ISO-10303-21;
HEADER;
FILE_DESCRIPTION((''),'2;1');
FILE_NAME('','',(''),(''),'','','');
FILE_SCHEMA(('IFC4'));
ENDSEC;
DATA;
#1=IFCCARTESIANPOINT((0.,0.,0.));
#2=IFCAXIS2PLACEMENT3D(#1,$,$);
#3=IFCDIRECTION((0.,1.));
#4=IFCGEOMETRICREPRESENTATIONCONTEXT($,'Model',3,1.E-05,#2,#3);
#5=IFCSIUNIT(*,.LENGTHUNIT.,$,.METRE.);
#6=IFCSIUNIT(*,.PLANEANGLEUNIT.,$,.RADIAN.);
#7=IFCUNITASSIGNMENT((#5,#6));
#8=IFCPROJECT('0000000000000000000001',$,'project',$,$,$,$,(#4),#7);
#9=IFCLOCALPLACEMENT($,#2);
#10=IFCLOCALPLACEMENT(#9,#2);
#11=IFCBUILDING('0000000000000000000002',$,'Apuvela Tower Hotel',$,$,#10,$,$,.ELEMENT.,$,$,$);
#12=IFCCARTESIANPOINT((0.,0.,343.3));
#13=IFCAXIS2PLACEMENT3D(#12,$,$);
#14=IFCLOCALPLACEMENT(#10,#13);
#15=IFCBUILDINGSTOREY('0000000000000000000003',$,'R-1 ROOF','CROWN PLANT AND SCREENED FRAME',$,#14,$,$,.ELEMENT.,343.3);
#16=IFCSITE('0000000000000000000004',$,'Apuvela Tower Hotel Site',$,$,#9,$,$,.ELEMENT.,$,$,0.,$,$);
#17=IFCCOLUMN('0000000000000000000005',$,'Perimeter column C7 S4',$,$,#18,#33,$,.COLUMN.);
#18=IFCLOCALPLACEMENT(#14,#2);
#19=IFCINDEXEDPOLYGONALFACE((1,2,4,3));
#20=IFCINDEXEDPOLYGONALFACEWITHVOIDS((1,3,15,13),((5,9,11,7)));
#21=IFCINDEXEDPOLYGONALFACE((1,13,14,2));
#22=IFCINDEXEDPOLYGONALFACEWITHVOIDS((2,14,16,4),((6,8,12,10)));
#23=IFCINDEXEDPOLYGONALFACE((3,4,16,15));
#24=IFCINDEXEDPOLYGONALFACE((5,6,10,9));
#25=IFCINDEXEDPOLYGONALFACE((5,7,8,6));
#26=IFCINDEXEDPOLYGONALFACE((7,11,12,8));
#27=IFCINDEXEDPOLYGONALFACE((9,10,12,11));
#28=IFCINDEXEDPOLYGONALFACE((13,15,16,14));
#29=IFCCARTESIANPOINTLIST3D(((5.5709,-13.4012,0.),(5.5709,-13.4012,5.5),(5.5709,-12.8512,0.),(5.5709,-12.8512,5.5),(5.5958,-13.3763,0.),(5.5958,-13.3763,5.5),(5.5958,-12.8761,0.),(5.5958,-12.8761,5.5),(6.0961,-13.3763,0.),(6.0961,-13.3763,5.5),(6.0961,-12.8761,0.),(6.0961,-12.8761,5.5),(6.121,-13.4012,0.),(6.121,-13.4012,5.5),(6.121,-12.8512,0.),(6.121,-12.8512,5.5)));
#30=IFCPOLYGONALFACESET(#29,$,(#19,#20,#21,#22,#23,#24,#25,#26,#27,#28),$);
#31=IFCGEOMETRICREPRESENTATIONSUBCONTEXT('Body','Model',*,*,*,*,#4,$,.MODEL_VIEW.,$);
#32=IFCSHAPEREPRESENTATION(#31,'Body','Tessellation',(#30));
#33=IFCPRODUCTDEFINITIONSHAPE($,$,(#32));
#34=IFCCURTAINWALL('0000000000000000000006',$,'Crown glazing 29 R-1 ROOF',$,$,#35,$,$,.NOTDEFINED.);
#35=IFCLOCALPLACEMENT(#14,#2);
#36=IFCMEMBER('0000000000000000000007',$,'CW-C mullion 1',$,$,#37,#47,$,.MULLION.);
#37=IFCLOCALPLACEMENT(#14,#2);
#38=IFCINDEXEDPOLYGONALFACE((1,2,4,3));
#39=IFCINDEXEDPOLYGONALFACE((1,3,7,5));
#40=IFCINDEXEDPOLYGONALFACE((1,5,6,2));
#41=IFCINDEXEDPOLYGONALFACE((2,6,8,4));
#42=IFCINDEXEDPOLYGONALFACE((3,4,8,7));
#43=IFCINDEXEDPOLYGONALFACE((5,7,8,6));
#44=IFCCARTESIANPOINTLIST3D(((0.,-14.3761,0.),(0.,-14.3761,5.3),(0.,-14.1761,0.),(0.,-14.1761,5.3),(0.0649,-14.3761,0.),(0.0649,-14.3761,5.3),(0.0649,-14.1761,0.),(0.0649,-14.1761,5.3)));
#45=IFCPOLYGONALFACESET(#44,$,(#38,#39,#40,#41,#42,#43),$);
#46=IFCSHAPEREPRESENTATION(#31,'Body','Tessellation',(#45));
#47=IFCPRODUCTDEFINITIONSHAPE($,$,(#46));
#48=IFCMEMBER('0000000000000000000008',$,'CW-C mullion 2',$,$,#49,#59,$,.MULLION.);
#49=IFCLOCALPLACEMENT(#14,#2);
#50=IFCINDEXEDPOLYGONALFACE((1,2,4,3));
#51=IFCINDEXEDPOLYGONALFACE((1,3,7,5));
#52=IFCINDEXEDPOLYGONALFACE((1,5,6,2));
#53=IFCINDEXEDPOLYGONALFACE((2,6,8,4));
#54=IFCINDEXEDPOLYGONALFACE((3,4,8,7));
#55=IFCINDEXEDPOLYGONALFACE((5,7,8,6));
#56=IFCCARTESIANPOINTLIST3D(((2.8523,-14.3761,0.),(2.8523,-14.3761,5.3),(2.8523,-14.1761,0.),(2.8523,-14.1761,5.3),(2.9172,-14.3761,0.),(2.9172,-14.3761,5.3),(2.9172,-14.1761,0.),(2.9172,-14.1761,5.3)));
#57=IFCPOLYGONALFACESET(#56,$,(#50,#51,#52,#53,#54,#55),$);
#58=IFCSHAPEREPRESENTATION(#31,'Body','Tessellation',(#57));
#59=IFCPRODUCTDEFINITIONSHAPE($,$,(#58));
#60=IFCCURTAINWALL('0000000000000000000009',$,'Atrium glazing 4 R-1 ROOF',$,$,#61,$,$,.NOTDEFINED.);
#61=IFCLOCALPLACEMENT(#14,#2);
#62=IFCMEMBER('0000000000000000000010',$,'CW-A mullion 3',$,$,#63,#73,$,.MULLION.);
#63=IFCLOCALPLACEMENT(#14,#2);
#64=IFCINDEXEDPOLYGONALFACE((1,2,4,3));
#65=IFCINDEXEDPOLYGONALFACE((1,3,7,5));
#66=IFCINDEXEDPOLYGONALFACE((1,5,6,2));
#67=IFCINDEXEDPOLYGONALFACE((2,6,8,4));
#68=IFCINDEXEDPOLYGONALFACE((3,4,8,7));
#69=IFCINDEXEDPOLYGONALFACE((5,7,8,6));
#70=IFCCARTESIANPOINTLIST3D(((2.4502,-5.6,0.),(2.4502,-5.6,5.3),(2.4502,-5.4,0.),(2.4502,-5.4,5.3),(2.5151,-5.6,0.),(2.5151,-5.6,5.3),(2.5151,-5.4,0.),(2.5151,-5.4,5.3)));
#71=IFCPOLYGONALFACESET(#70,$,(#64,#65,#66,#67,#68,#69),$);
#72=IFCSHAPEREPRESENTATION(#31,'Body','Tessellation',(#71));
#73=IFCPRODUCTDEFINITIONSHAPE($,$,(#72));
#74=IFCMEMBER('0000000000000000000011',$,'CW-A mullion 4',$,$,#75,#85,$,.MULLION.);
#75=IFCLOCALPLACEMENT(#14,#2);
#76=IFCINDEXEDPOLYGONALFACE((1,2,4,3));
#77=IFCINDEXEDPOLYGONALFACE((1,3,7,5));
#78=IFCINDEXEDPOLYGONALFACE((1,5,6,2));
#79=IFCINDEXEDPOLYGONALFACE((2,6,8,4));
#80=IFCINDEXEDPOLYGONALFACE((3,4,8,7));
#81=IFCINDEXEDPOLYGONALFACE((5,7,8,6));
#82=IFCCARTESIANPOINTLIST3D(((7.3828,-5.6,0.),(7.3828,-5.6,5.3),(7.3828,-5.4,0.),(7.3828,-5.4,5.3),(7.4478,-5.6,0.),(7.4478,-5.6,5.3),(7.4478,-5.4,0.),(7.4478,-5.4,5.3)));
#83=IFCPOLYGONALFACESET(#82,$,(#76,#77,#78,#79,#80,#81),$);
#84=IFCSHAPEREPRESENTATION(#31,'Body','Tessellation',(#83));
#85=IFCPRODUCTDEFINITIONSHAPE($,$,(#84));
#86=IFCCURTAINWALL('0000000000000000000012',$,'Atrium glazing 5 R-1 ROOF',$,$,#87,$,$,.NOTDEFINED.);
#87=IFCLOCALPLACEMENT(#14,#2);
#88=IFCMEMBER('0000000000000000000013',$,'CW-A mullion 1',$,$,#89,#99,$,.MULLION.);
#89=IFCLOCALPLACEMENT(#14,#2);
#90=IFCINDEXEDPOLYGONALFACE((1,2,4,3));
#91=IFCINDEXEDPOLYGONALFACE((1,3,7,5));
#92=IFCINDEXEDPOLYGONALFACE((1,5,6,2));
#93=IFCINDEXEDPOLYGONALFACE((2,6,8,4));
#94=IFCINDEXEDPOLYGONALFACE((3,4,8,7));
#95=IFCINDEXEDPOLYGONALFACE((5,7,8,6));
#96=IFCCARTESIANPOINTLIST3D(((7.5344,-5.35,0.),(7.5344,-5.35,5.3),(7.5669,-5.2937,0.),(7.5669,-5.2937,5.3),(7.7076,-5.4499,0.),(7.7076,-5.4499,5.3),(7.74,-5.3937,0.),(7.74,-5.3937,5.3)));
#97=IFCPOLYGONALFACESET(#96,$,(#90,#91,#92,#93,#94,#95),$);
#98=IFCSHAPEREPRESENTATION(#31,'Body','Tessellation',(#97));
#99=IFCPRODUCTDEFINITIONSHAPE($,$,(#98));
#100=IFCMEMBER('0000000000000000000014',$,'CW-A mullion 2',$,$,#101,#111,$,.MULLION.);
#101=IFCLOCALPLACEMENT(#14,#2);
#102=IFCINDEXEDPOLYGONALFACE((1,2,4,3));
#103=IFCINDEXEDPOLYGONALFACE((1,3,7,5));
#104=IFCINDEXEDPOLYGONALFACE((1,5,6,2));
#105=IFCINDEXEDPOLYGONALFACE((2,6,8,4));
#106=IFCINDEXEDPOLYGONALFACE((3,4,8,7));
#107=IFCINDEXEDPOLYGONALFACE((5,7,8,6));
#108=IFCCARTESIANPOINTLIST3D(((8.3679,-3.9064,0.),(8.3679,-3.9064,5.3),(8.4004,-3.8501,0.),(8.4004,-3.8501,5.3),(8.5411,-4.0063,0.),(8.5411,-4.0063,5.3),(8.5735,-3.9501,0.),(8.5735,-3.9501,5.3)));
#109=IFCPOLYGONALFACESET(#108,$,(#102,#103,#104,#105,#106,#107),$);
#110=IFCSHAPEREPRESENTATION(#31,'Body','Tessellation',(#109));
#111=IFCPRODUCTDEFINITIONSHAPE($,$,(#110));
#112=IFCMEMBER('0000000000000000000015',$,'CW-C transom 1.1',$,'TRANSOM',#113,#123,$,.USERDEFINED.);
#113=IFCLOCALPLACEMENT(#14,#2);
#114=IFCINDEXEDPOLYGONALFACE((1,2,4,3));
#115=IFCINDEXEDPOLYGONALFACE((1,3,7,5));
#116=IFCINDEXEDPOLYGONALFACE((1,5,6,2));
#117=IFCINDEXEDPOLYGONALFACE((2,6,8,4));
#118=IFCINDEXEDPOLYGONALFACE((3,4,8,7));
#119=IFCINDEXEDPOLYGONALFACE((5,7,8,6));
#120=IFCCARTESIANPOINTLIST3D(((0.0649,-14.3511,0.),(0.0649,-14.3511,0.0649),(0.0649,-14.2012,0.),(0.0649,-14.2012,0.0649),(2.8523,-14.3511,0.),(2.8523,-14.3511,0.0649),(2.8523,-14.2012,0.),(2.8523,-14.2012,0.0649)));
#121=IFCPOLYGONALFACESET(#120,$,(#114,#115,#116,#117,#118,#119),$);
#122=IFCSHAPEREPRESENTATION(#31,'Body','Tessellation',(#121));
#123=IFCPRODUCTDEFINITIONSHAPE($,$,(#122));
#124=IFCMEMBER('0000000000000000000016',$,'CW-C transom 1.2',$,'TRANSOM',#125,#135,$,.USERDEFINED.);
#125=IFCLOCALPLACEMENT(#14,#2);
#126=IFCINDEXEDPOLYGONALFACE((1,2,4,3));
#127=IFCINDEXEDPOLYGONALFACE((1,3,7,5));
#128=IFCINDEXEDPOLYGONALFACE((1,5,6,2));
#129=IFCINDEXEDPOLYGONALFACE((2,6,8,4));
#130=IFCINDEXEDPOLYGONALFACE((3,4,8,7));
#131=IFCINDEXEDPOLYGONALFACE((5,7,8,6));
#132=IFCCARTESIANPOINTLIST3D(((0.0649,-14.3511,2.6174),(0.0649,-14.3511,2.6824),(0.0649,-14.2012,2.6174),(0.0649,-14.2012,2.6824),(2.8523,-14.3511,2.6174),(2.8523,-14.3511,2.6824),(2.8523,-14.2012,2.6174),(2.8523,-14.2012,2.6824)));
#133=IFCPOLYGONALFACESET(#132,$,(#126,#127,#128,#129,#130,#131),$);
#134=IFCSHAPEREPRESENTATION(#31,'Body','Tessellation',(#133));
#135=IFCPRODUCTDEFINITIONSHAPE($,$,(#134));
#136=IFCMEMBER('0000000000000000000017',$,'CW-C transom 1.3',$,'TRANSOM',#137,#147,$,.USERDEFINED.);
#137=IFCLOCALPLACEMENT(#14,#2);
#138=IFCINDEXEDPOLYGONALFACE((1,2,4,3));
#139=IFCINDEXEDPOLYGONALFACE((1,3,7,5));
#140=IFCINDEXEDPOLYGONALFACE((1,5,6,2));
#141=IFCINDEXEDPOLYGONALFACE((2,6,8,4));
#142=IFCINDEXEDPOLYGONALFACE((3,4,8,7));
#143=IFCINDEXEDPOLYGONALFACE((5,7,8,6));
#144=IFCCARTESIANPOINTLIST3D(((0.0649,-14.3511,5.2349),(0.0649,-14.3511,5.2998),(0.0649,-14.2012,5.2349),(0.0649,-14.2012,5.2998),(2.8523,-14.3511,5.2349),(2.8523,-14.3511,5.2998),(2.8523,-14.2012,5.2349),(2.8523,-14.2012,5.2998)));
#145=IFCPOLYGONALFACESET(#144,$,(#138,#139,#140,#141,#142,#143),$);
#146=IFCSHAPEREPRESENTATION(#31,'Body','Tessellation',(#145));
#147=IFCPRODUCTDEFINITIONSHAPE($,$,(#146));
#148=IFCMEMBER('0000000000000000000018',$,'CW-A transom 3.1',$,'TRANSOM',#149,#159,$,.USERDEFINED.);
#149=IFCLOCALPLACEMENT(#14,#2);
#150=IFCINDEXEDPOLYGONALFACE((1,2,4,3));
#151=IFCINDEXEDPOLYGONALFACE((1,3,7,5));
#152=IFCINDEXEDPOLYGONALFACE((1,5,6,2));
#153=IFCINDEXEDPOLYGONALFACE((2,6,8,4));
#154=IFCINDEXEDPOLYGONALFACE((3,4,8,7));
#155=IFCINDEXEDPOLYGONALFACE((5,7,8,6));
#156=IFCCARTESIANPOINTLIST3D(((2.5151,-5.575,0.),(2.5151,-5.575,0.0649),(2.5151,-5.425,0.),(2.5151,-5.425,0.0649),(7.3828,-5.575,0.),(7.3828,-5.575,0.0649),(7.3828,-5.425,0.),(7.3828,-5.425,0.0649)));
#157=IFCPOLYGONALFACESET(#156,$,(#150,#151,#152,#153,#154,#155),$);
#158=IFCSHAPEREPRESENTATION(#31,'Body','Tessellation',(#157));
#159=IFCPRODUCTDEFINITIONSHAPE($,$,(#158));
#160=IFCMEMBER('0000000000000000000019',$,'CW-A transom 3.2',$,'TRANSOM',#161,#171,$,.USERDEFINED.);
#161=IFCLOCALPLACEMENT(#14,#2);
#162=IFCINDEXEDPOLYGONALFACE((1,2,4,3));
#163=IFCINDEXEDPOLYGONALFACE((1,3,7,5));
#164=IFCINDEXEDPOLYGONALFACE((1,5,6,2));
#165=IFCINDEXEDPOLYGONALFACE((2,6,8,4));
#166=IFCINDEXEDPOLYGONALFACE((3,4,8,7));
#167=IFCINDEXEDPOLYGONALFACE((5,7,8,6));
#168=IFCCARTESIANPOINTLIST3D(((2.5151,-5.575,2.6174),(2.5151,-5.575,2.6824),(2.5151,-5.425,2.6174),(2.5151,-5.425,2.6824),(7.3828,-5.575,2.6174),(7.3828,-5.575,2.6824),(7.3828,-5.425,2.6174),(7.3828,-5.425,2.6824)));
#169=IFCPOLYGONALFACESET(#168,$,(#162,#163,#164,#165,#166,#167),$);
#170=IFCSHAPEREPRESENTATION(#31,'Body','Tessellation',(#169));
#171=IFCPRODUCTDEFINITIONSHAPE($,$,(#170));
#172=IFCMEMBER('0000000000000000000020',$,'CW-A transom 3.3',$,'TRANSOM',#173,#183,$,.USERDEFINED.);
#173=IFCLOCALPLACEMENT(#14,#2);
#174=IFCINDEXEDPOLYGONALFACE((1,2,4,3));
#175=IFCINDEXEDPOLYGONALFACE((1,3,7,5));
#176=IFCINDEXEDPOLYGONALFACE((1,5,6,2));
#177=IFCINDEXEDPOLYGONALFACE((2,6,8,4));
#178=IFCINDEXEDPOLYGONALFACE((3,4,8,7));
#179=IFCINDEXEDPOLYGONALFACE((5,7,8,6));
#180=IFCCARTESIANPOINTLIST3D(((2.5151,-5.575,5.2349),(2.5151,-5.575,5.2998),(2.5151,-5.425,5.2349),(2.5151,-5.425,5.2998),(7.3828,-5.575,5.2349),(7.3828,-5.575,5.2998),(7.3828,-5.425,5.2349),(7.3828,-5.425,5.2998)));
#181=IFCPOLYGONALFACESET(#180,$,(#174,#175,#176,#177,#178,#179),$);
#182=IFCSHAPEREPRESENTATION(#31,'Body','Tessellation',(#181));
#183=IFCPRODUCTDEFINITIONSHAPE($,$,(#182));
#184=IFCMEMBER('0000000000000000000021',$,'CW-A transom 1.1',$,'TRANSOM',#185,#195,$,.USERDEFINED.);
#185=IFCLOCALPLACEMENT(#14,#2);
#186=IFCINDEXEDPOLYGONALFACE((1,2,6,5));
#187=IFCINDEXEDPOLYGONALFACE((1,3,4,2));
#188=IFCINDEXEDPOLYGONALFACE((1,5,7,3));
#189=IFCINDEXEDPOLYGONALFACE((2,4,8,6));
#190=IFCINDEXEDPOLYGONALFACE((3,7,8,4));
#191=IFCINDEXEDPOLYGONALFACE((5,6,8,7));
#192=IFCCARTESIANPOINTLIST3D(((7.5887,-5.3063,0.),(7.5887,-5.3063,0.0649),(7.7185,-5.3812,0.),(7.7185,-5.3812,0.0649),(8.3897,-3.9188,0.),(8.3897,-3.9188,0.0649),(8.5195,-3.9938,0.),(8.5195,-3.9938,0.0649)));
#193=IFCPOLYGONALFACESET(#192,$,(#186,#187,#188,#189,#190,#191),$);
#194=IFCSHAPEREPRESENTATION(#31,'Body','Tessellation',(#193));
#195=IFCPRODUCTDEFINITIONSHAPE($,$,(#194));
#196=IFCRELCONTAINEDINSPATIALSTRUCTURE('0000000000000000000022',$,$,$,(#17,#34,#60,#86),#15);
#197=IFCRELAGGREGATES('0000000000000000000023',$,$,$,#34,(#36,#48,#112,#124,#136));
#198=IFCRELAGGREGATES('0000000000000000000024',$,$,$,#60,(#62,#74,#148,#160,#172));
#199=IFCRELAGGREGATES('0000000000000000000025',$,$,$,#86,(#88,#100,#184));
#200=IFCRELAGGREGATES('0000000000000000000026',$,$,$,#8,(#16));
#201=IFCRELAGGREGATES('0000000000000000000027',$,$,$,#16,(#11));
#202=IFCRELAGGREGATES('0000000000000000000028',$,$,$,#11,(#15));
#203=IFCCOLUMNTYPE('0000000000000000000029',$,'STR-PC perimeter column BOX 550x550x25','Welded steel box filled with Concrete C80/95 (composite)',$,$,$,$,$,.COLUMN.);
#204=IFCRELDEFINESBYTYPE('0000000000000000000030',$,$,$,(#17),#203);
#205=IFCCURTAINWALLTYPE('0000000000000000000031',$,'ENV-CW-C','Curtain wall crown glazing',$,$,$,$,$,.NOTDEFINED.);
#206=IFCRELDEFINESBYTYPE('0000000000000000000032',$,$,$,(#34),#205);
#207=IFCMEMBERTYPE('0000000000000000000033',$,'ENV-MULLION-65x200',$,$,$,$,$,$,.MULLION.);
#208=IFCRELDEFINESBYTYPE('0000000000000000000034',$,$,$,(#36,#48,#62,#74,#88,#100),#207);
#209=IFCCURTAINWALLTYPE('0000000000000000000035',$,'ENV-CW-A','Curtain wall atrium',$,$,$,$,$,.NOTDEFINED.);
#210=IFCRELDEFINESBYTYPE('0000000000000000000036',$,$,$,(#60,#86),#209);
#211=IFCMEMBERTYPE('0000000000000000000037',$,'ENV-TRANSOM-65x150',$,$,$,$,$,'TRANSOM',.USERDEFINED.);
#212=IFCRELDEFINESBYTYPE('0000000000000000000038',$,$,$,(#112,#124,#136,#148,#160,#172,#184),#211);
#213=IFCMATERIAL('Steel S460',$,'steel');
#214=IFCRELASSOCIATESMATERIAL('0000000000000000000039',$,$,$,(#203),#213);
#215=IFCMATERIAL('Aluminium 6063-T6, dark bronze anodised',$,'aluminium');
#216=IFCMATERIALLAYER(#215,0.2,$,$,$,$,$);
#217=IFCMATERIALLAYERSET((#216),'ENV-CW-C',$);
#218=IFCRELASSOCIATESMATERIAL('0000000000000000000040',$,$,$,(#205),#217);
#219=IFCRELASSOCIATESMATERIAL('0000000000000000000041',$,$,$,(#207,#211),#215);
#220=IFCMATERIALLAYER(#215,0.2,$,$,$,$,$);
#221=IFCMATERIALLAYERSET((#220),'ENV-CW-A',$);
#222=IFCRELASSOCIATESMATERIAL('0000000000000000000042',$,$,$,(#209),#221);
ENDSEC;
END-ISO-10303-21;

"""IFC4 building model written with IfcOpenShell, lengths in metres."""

from ifc_helpers import new_model, si_unit, direction, frame, origin, origin_2d, place, context, subcontext, project, spatial, rectangle, hollow_rectangle, extrude, material, layer, layer_set, material_profile, profile_set, type_object, element, aggregate, save


model = new_model("IFC4")

# Units and contexts
model_context = context("Model", 3, precision=1e-05, world=origin(), true_north=direction((0.0, 1.0)))
body_context = subcontext(model_context, "Body", "Model", "MODEL_VIEW")
ifc_project = project(units=[si_unit("LENGTHUNIT", "METRE"), si_unit("PLANEANGLEUNIT", "RADIAN")], contexts=[model_context])

# Site, building, storey
site_placement = place(None, origin())
site = spatial("IfcSite", under=ifc_project, at=site_placement, Name="Apuvela Tower Hotel Site", CompositionType="ELEMENT", RefElevation=0.0)
building_placement = place(site_placement, origin())
building = spatial("IfcBuilding", under=site, at=building_placement, Name="Apuvela Tower Hotel", CompositionType="ELEMENT")
storey_placement = place(building_placement, frame((0.0, 0.0, 343.3)))
storey = spatial("IfcBuildingStorey", under=building, at=storey_placement, Name="R-1 ROOF", Description="CROWN PLANT AND SCREENED FRAME", CompositionType="ELEMENT", Elevation=343.3)

# Column
ifc_material_1 = material(Name="Steel S460", Category="steel")
ifc_material_profile_1 = material_profile(ifc_material_1, hollow_rectangle(XDim=0.55, YDim=0.55, WallThickness=0.0249, at=origin_2d()), Name="BOX 550x550x25")
ifc_material_2 = material(Name="Concrete C80/95", Category="concrete")
ifc_material_profile_2 = material_profile(ifc_material_2, rectangle(XDim=0.5, YDim=0.5, at=origin_2d()), Name="Concrete C80/95 infill")
ifc_profile_set_1 = profile_set([ifc_material_profile_1, ifc_material_profile_2], Name="Steel S460")
column_type = type_object("IfcColumnType", Name="STR-PC perimeter column BOX 550x550x25", Description="Welded steel box filled with Concrete C80/95 (composite)", PredefinedType="COLUMN", material=ifc_profile_set_1)
column_placement = place(storey_placement, frame((5.8459, -13.1262, 0.0), z_axis=(0.0, 0.0, 1.0), x_axis=(-1.0, 0.0, 0.0)))
element("IfcColumn", 1, at=column_placement, inside=storey, type_object=column_type, Name="Perimeter column C7 S4", PredefinedType="COLUMN", context=body_context, shape_type="SweptSolid", body=[
    extrude(hollow_rectangle(XDim=0.55, YDim=0.55, WallThickness=0.0249, at=origin_2d()), origin(), (0.0, 0.0, 1.0), 5.5),
])

# Curtain walls, members
ifc_material_3 = material(Name="Aluminium 6063-T6, dark bronze anodised", Category="aluminium")
ifc_layer_1 = layer(ifc_material_3, 0.2)
ifc_layer_set_1 = layer_set([ifc_layer_1], Name="ENV-CW-C")
curtain_wall_type_1 = type_object("IfcCurtainWallType", Name="ENV-CW-C", Description="Curtain wall crown glazing", PredefinedType="NOTDEFINED", material=ifc_layer_set_1)
curtain_wall_1_placement = place(storey_placement, origin())
curtain_wall_1 = element("IfcCurtainWall", 2, at=curtain_wall_1_placement, inside=storey, type_object=curtain_wall_type_1, Name="Crown glazing 29 R-1 ROOF", PredefinedType="NOTDEFINED")
ifc_material_profile_3 = material_profile(ifc_material_3, rectangle(XDim=0.2, YDim=0.0649, at=origin_2d()), Name="AL 65x200")
ifc_profile_set_2 = profile_set([ifc_material_profile_3], Name="Aluminium 6063-T6, dark bronze anodised")
member_type_1 = type_object("IfcMemberType", Name="ENV-MULLION-65x200", PredefinedType="MULLION", material=ifc_profile_set_2)
member_1_placement = place(storey_placement, frame((0.0325, -14.2761, 0.0), z_axis=(0.0, 0.0, 1.0), x_axis=(0.0, 1.0, 0.0)))
member_1 = element("IfcMember", 3, at=member_1_placement, type_object=member_type_1, Name="CW-C mullion 1", PredefinedType="MULLION", context=body_context, shape_type="SweptSolid", body=[
    extrude(rectangle(XDim=0.2, YDim=0.0649, at=origin_2d()), origin(), (0.0, 0.0, 1.0), 5.3),
])
member_2_placement = place(storey_placement, frame((2.8848, -14.2761, 0.0), z_axis=(0.0, 0.0, 1.0), x_axis=(0.0, 1.0, 0.0)))
member_2 = element("IfcMember", 4, at=member_2_placement, type_object=member_type_1, Name="CW-C mullion 2", PredefinedType="MULLION", context=body_context, shape_type="SweptSolid", body=[
    extrude(rectangle(XDim=0.2, YDim=0.0649, at=origin_2d()), origin(), (0.0, 0.0, 1.0), 5.3),
])
ifc_layer_2 = layer(ifc_material_3, 0.2)
ifc_layer_set_2 = layer_set([ifc_layer_2], Name="ENV-CW-A")
curtain_wall_type_2 = type_object("IfcCurtainWallType", Name="ENV-CW-A", Description="Curtain wall atrium", PredefinedType="NOTDEFINED", material=ifc_layer_set_2)
curtain_wall_2_placement = place(storey_placement, origin())
curtain_wall_2 = element("IfcCurtainWall", 5, at=curtain_wall_2_placement, inside=storey, type_object=curtain_wall_type_2, Name="Atrium glazing 4 R-1 ROOF", PredefinedType="NOTDEFINED")
member_3_placement = place(storey_placement, frame((2.4827, -5.5, 0.0), z_axis=(0.0, 0.0, 1.0), x_axis=(0.0, 1.0, 0.0)))
member_3 = element("IfcMember", 6, at=member_3_placement, type_object=member_type_1, Name="CW-A mullion 3", PredefinedType="MULLION", context=body_context, shape_type="SweptSolid", body=[
    extrude(rectangle(XDim=0.2, YDim=0.0649, at=origin_2d()), origin(), (0.0, 0.0, 1.0), 5.3),
])
member_4_placement = place(storey_placement, frame((7.4153, -5.5, 0.0), z_axis=(0.0, 0.0, 1.0), x_axis=(0.0, 1.0, 0.0)))
member_4 = element("IfcMember", 7, at=member_4_placement, type_object=member_type_1, Name="CW-A mullion 4", PredefinedType="MULLION", context=body_context, shape_type="SweptSolid", body=[
    extrude(rectangle(XDim=0.2, YDim=0.0649, at=origin_2d()), origin(), (0.0, 0.0, 1.0), 5.3),
])
curtain_wall_3_placement = place(storey_placement, origin())
curtain_wall_3 = element("IfcCurtainWall", 8, at=curtain_wall_3_placement, inside=storey, type_object=curtain_wall_type_2, Name="Atrium glazing 5 R-1 ROOF", PredefinedType="NOTDEFINED")
member_5_placement = place(storey_placement, frame((7.6372, -5.3718, 0.0), z_axis=(0.0, 0.0, 1.0), x_axis=(-0.866032, 0.499989, 0.0)))
member_5 = element("IfcMember", 9, at=member_5_placement, type_object=member_type_1, Name="CW-A mullion 1", PredefinedType="MULLION", context=body_context, shape_type="SweptSolid", body=[
    extrude(rectangle(XDim=0.2, YDim=0.0649, at=origin_2d()), origin(), (0.0, 0.0, 1.0), 5.3),
])
member_6_placement = place(storey_placement, frame((8.4707, -3.9282, 0.0), z_axis=(0.0, 0.0, 1.0), x_axis=(-0.866032, 0.499989, 0.0)))
member_6 = element("IfcMember", 10, at=member_6_placement, type_object=member_type_1, Name="CW-A mullion 2", PredefinedType="MULLION", context=body_context, shape_type="SweptSolid", body=[
    extrude(rectangle(XDim=0.2, YDim=0.0649, at=origin_2d()), origin(), (0.0, 0.0, 1.0), 5.3),
])

# Members
ifc_material_profile_4 = material_profile(ifc_material_3, rectangle(XDim=0.1499, YDim=0.0649, at=origin_2d()), Name="AL 65x150 transom")
ifc_profile_set_3 = profile_set([ifc_material_profile_4], Name="Aluminium 6063-T6, dark bronze anodised")
member_type_2 = type_object("IfcMemberType", Name="ENV-TRANSOM-65x150", ElementType="TRANSOM", PredefinedType="USERDEFINED", material=ifc_profile_set_3)
member_7_placement = place(storey_placement, frame((0.0649, -14.2761, 0.0325), z_axis=(1.0, 0.0, 0.0), x_axis=(0.0, 1.0, 0.0)))
member_7 = element("IfcMember", 11, at=member_7_placement, type_object=member_type_2, Name="CW-C transom 1.1", ObjectType="TRANSOM", PredefinedType="USERDEFINED", context=body_context, shape_type="SweptSolid", body=[
    extrude(rectangle(XDim=0.1499, YDim=0.0649, at=origin_2d()), origin(), (0.0, 0.0, 1.0), 2.7874),
])
member_8_placement = place(storey_placement, frame((0.0649, -14.2761, 2.6499), z_axis=(1.0, 0.0, 0.0), x_axis=(0.0, 1.0, 0.0)))
member_8 = element("IfcMember", 12, at=member_8_placement, type_object=member_type_2, Name="CW-C transom 1.2", ObjectType="TRANSOM", PredefinedType="USERDEFINED", context=body_context, shape_type="SweptSolid", body=[
    extrude(rectangle(XDim=0.1499, YDim=0.0649, at=origin_2d()), origin(), (0.0, 0.0, 1.0), 2.7874),
])
member_9_placement = place(storey_placement, frame((0.0649, -14.2761, 5.2673), z_axis=(1.0, 0.0, 0.0), x_axis=(0.0, 1.0, 0.0)))
member_9 = element("IfcMember", 13, at=member_9_placement, type_object=member_type_2, Name="CW-C transom 1.3", ObjectType="TRANSOM", PredefinedType="USERDEFINED", context=body_context, shape_type="SweptSolid", body=[
    extrude(rectangle(XDim=0.1499, YDim=0.0649, at=origin_2d()), origin(), (0.0, 0.0, 1.0), 2.7874),
])
member_10_placement = place(storey_placement, frame((2.5151, -5.5, 0.0325), z_axis=(1.0, 0.0, 0.0), x_axis=(0.0, 1.0, 0.0)))
member_10 = element("IfcMember", 14, at=member_10_placement, type_object=member_type_2, Name="CW-A transom 3.1", ObjectType="TRANSOM", PredefinedType="USERDEFINED", context=body_context, shape_type="SweptSolid", body=[
    extrude(rectangle(XDim=0.1499, YDim=0.0649, at=origin_2d()), origin(), (0.0, 0.0, 1.0), 4.8677),
])
member_11_placement = place(storey_placement, frame((2.5151, -5.5, 2.6499), z_axis=(1.0, 0.0, 0.0), x_axis=(0.0, 1.0, 0.0)))
member_11 = element("IfcMember", 15, at=member_11_placement, type_object=member_type_2, Name="CW-A transom 3.2", ObjectType="TRANSOM", PredefinedType="USERDEFINED", context=body_context, shape_type="SweptSolid", body=[
    extrude(rectangle(XDim=0.1499, YDim=0.0649, at=origin_2d()), origin(), (0.0, 0.0, 1.0), 4.8677),
])
member_12_placement = place(storey_placement, frame((2.5151, -5.5, 5.2673), z_axis=(1.0, 0.0, 0.0), x_axis=(0.0, 1.0, 0.0)))
member_12 = element("IfcMember", 16, at=member_12_placement, type_object=member_type_2, Name="CW-A transom 3.3", ObjectType="TRANSOM", PredefinedType="USERDEFINED", context=body_context, shape_type="SweptSolid", body=[
    extrude(rectangle(XDim=0.1499, YDim=0.0649, at=origin_2d()), origin(), (0.0, 0.0, 1.0), 4.8677),
])
member_13_placement = place(storey_placement, frame((7.6536, -5.3438, 0.0325), z_axis=(0.499991, 0.866031, 0.0), x_axis=(-0.866031, 0.499991, 0.0)))
member_13 = element("IfcMember", 17, at=member_13_placement, type_object=member_type_2, Name="CW-A transom 1.1", ObjectType="TRANSOM", PredefinedType="USERDEFINED", context=body_context, shape_type="SweptSolid", body=[
    extrude(rectangle(XDim=0.1499, YDim=0.0649, at=origin_2d()), origin(), (0.0, 0.0, 1.0), 1.6021),
])

aggregate(curtain_wall_1, [member_1, member_2, member_7, member_8, member_9])
aggregate(curtain_wall_2, [member_3, member_4, member_10, member_11, member_12])
aggregate(curtain_wall_3, [member_5, member_6, member_13])

save(model, "model.ifc")
